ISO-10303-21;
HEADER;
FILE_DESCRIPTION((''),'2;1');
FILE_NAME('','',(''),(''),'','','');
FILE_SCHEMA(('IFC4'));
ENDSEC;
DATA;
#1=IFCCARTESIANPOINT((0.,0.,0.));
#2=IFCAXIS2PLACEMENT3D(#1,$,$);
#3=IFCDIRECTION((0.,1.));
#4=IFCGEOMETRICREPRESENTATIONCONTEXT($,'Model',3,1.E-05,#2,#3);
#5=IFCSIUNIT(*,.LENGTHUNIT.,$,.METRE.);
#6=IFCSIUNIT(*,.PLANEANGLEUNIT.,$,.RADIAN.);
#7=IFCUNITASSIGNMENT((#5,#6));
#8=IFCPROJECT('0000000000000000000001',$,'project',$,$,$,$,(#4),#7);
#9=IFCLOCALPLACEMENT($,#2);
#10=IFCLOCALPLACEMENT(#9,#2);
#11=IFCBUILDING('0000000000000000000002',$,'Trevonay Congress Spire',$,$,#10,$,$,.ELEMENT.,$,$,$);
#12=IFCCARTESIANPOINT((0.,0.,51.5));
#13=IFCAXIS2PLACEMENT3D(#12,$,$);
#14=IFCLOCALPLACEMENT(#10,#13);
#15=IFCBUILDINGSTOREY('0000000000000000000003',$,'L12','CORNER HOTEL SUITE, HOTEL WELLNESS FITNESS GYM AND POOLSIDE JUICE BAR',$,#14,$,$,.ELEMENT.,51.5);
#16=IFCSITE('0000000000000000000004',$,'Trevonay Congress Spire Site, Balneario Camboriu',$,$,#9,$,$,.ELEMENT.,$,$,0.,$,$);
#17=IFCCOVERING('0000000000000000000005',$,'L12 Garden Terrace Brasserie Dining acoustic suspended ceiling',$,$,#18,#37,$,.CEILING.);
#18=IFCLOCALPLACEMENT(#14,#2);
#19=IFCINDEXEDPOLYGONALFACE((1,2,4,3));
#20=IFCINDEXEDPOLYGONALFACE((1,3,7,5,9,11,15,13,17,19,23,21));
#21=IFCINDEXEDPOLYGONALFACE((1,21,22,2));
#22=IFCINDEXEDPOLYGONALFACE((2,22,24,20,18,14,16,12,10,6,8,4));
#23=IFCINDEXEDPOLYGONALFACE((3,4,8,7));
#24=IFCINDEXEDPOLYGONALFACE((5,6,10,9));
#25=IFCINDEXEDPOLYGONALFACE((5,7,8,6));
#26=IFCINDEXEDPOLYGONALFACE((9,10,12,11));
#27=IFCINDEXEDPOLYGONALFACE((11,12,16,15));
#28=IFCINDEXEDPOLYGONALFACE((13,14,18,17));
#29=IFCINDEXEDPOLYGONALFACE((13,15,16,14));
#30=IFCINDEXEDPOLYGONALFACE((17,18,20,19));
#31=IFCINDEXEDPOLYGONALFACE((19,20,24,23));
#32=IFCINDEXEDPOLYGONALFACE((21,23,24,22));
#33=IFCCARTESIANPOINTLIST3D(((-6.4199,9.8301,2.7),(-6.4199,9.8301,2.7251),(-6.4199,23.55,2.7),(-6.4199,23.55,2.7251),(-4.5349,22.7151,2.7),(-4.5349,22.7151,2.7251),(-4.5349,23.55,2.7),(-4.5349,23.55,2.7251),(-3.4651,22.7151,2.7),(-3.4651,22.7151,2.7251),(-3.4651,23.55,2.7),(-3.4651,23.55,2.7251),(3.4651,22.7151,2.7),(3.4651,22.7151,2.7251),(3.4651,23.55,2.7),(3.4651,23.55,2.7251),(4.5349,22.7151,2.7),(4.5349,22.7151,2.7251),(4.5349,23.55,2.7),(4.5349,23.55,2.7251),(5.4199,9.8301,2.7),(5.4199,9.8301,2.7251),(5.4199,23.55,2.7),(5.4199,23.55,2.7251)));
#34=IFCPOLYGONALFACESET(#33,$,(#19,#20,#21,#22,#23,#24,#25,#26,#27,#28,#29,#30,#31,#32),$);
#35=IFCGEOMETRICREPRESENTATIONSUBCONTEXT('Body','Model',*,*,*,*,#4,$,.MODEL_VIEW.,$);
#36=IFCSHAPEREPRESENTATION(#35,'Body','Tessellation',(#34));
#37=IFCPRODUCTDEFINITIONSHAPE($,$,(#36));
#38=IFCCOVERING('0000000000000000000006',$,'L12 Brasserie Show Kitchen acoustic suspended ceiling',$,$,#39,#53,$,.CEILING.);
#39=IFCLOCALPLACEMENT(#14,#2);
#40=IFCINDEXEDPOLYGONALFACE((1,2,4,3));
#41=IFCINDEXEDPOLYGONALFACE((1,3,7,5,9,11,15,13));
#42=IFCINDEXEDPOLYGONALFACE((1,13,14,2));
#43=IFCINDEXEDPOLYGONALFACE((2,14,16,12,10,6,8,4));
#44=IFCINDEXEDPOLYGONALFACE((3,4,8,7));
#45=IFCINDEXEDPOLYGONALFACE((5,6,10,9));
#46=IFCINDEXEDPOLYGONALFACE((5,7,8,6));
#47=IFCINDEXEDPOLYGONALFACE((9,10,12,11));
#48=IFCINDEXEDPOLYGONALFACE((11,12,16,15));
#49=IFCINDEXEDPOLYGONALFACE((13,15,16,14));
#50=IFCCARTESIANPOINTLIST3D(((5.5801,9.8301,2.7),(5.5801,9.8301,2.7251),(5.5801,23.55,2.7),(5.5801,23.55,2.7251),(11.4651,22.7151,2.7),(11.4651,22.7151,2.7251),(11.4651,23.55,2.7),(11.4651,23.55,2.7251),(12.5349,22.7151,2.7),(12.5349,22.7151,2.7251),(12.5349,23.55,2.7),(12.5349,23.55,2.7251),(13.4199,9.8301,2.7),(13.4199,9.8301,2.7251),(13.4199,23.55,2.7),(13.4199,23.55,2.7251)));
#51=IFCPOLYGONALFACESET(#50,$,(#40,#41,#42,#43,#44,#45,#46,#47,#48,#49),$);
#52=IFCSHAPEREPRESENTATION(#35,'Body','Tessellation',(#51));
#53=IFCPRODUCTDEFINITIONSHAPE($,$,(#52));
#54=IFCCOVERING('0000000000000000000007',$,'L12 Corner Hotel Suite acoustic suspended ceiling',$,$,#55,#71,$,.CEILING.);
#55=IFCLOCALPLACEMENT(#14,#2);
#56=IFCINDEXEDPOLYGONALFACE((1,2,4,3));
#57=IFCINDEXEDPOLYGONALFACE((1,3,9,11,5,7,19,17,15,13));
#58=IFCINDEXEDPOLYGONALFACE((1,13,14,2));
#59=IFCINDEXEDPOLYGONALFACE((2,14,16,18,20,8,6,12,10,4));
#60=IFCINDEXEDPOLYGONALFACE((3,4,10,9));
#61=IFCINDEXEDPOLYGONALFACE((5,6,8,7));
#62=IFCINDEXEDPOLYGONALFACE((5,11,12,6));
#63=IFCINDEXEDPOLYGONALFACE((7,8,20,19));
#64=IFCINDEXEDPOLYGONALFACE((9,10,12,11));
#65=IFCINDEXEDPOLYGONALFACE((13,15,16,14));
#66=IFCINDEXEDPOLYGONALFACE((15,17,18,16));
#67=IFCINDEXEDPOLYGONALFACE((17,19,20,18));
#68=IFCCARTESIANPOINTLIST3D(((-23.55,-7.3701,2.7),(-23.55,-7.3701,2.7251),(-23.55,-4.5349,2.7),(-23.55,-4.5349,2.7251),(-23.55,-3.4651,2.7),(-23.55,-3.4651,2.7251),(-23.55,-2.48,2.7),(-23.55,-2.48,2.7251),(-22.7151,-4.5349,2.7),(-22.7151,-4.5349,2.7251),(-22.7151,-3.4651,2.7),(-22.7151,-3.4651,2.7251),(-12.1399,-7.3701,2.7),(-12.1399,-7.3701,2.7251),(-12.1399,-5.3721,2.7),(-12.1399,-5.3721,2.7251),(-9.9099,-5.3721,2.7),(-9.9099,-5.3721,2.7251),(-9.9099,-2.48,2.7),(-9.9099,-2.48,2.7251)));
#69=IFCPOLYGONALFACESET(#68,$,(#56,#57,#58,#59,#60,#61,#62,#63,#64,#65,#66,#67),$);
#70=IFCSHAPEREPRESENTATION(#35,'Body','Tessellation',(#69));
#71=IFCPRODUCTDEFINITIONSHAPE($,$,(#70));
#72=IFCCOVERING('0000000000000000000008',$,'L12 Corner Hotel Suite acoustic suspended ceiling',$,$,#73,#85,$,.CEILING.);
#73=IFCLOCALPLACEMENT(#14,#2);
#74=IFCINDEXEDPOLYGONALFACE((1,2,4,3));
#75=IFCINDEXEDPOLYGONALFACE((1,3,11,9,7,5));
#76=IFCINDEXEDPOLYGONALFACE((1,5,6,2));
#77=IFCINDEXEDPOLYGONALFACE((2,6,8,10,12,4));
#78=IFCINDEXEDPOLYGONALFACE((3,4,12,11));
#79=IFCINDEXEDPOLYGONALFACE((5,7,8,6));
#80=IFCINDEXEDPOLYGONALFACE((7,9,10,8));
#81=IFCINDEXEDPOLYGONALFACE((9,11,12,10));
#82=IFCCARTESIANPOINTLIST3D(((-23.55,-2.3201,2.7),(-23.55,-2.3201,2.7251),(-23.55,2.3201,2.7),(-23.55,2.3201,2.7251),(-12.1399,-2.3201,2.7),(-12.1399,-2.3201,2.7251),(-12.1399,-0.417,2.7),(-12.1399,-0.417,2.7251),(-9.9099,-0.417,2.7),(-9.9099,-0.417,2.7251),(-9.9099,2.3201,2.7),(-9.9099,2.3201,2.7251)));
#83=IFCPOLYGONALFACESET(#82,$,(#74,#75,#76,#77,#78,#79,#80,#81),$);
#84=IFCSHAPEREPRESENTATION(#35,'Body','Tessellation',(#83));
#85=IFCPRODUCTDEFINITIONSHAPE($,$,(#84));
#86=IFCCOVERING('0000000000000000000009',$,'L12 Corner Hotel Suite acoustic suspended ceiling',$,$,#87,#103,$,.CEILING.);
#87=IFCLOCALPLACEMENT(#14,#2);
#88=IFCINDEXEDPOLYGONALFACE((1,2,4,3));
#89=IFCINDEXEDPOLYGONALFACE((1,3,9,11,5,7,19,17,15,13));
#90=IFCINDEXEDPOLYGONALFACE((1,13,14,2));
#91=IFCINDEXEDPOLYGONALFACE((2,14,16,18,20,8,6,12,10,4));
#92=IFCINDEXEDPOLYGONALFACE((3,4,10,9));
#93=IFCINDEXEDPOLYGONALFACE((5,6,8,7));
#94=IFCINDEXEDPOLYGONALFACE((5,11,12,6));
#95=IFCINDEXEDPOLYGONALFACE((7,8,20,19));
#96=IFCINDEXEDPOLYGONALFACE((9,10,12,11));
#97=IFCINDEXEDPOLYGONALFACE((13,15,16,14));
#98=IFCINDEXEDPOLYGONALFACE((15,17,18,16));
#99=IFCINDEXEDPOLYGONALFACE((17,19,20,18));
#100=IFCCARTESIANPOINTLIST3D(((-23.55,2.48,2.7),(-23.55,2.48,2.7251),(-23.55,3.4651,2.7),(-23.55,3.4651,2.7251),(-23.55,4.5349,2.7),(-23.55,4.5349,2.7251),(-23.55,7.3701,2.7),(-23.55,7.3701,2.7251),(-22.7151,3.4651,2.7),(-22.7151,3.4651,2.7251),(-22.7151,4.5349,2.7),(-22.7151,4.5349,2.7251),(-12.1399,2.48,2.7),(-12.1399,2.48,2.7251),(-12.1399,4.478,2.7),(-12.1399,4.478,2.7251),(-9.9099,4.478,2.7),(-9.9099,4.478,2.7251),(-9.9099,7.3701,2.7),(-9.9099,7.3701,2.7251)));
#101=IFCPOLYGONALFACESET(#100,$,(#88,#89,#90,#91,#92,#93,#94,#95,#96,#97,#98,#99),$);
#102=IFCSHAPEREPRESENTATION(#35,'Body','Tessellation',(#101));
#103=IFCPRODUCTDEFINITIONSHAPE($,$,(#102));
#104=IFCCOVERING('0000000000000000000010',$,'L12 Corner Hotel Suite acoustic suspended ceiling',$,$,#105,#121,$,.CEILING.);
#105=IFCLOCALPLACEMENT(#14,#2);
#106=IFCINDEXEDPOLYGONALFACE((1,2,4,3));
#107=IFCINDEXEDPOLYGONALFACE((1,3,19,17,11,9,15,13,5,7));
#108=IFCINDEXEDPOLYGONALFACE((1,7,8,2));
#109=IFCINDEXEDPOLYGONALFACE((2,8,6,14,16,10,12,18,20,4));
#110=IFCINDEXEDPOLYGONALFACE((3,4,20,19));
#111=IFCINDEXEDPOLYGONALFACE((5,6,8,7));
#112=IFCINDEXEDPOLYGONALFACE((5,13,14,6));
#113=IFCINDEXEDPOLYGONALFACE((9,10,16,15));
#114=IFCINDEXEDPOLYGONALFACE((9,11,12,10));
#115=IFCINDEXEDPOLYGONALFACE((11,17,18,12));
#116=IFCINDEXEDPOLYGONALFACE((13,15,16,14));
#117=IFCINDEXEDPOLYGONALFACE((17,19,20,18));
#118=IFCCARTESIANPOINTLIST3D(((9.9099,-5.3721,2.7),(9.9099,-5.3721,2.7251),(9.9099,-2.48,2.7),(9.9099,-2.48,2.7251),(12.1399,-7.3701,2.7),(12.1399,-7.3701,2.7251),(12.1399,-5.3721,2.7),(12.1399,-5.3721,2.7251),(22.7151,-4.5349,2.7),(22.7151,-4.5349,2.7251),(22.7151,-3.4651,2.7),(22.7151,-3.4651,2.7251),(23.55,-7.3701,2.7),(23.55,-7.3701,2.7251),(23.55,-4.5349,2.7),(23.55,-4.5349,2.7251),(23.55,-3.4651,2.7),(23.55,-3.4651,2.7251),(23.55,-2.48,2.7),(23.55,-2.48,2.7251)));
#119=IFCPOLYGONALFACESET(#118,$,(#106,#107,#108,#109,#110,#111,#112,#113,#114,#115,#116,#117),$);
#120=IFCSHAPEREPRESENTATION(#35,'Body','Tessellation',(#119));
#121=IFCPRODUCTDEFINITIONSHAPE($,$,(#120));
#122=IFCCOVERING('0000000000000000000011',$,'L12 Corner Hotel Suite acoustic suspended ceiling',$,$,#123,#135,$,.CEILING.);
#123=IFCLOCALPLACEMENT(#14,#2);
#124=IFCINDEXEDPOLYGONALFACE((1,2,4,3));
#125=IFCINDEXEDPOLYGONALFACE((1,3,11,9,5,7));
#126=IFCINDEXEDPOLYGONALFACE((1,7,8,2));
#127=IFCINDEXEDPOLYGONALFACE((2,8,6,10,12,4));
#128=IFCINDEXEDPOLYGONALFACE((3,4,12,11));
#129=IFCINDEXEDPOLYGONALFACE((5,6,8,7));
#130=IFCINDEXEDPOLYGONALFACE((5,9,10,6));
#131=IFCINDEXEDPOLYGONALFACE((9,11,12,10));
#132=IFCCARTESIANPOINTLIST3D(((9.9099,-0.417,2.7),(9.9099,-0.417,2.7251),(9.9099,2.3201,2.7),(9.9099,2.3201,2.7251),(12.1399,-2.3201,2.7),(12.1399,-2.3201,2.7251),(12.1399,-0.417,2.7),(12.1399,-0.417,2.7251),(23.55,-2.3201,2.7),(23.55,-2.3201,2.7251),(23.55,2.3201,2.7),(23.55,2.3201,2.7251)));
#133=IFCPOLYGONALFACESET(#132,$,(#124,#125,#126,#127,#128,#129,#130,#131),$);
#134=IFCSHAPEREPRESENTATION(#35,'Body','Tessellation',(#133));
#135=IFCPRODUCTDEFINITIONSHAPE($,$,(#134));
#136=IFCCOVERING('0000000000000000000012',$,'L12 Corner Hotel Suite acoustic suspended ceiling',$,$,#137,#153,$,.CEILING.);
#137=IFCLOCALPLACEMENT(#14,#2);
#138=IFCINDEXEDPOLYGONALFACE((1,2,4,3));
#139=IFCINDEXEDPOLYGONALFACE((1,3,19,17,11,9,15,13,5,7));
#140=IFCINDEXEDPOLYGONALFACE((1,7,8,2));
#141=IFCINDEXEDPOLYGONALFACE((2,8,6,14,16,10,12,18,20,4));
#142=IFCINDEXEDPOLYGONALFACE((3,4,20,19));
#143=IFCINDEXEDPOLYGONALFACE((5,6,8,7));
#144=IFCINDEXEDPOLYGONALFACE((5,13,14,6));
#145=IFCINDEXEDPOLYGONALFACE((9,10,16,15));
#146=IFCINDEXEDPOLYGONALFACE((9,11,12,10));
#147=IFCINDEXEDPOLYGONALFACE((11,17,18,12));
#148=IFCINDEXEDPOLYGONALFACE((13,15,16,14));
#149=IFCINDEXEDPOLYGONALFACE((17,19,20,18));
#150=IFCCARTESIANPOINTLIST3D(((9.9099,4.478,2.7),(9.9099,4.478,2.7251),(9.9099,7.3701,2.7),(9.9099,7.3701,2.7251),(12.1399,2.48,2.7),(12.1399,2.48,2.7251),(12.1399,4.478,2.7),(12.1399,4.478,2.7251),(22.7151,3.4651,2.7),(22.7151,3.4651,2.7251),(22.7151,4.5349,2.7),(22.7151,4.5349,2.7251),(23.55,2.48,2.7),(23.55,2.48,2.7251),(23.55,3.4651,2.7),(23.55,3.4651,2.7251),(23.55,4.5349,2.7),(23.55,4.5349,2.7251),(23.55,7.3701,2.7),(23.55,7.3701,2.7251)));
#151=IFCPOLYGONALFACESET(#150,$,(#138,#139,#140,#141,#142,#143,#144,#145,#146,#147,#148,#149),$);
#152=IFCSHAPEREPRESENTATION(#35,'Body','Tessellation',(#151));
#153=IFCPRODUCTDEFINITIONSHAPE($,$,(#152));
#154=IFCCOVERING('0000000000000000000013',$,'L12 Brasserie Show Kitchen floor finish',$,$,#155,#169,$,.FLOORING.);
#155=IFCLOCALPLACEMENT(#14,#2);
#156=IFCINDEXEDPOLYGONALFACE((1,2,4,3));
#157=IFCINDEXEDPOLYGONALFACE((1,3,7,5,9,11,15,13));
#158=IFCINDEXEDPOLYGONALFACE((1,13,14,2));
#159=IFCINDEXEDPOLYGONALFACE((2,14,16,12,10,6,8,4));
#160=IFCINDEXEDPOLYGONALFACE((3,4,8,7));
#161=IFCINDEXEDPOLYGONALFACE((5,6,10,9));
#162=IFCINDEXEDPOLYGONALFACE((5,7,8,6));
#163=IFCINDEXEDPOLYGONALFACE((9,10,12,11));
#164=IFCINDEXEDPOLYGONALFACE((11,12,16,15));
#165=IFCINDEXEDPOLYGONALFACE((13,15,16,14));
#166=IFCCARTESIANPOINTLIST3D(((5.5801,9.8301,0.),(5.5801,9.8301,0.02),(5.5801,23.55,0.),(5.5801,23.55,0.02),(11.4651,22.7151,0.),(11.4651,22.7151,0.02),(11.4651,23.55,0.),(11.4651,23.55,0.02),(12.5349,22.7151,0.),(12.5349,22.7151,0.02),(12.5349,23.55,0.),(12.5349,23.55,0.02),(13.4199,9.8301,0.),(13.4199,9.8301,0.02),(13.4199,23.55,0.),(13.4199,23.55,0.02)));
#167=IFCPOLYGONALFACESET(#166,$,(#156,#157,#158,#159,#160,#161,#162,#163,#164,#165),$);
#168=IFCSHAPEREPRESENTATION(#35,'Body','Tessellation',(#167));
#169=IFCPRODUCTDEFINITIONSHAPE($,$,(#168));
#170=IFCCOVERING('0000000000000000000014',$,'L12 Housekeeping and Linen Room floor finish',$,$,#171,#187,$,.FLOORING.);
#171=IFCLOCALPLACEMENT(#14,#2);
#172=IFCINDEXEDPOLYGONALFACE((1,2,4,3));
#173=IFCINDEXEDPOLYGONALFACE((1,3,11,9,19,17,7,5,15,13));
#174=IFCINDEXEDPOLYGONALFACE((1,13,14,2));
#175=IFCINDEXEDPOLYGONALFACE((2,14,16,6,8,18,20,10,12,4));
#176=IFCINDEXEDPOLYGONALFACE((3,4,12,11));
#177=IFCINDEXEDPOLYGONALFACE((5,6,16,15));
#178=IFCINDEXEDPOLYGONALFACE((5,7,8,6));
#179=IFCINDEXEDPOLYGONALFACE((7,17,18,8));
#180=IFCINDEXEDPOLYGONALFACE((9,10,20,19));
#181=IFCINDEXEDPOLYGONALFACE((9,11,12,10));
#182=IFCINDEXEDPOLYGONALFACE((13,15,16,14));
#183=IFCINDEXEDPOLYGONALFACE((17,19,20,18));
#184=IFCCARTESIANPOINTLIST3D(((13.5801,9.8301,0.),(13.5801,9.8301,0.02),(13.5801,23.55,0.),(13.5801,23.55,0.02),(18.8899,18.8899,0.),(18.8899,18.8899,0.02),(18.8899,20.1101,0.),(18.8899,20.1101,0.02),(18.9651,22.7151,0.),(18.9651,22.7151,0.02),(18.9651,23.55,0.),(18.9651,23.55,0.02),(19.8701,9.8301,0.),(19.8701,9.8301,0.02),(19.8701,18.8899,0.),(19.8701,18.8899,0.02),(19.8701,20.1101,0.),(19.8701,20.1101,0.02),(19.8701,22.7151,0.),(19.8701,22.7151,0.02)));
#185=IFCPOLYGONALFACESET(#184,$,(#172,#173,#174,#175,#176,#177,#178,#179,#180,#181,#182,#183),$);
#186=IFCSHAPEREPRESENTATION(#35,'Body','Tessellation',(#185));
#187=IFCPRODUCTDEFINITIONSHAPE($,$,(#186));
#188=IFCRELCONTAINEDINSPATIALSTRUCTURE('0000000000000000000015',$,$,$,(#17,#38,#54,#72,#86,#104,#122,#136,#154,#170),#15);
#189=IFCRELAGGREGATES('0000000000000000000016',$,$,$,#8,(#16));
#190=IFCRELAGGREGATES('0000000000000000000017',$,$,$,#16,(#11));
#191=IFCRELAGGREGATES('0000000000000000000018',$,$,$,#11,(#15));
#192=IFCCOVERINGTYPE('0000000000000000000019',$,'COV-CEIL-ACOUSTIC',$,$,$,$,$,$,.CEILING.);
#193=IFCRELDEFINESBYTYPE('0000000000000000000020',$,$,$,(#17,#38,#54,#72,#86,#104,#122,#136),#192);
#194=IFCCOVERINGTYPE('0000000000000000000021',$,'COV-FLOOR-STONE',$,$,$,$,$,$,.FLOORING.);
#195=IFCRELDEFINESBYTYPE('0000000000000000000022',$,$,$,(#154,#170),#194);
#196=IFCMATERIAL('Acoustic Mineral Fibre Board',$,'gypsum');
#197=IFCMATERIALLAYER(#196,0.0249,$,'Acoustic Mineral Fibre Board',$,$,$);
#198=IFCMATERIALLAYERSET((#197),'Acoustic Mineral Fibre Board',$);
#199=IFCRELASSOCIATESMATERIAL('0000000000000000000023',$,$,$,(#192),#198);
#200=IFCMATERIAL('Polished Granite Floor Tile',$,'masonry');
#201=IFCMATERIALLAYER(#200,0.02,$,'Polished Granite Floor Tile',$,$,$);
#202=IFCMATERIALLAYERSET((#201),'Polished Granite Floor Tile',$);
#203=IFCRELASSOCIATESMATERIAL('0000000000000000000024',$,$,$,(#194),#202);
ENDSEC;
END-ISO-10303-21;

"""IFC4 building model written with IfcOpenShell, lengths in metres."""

from ifc_helpers import new_model, si_unit, direction, frame, origin, place, context, subcontext, project, spatial, polyline, outline, extrude, material, layer, layer_set, type_object, element, save


model = new_model("IFC4")

# Units and contexts
model_context = context("Model", 3, precision=1e-05, world=origin(), true_north=direction((0.0, 1.0)))
body_context = subcontext(model_context, "Body", "Model", "MODEL_VIEW")
ifc_project = project(units=[si_unit("LENGTHUNIT", "METRE"), si_unit("PLANEANGLEUNIT", "RADIAN")], contexts=[model_context])

# Site, building, storey
site_placement = place(None, origin())
site = spatial("IfcSite", under=ifc_project, at=site_placement, Name="Trevonay Congress Spire Site, Balneario Camboriu", CompositionType="ELEMENT", RefElevation=0.0)
building_placement = place(site_placement, origin())
building = spatial("IfcBuilding", under=site, at=building_placement, Name="Trevonay Congress Spire", CompositionType="ELEMENT")
storey_placement = place(building_placement, frame((0.0, 0.0, 51.5)))
storey = spatial("IfcBuildingStorey", under=building, at=storey_placement, Name="L12", Description="CORNER HOTEL SUITE, HOTEL WELLNESS FITNESS GYM AND POOLSIDE JUICE BAR", CompositionType="ELEMENT", Elevation=51.5)

# Coverings
ifc_material_1 = material(Name="Acoustic Mineral Fibre Board", Category="gypsum")
ifc_layer_1 = layer(ifc_material_1, 0.0249, Name="Acoustic Mineral Fibre Board")
ifc_layer_set_1 = layer_set([ifc_layer_1], Name="Acoustic Mineral Fibre Board")
covering_type_1 = type_object("IfcCoveringType", Name="COV-CEIL-ACOUSTIC", PredefinedType="CEILING", material=ifc_layer_set_1)
covering_1_placement = place(storey_placement, frame((0.0, 0.0, 2.7)))
element("IfcCovering", 1, at=covering_1_placement, inside=storey, type_object=covering_type_1, Name="L12 Garden Terrace Brasserie Dining acoustic suspended ceiling", PredefinedType="CEILING", context=body_context, shape_type="SweptSolid", body=[
    extrude(outline(polyline([(5.4199, 23.55), (5.4199, 9.8301), (-6.4199, 9.8301), (-6.4199, 23.55), (-4.5349, 23.55), (-4.5349, 22.7151), (-3.4651, 22.7151), (-3.4651, 23.55), (3.4651, 23.55), (3.4651, 22.7151), (4.5349, 22.7151), (4.5349, 23.55), (5.4199, 23.55)])), origin(), (0.0, 0.0, 1.0), 0.0251),
])
covering_2_placement = place(storey_placement, frame((0.0, 0.0, 2.7)))
element("IfcCovering", 2, at=covering_2_placement, inside=storey, type_object=covering_type_1, Name="L12 Brasserie Show Kitchen acoustic suspended ceiling", PredefinedType="CEILING", context=body_context, shape_type="SweptSolid", body=[
    extrude(outline(polyline([(13.4199, 23.55), (13.4199, 9.8301), (5.5801, 9.8301), (5.5801, 23.55), (11.4651, 23.55), (11.4651, 22.7151), (12.5349, 22.7151), (12.5349, 23.55), (13.4199, 23.55)])), origin(), (0.0, 0.0, 1.0), 0.0251),
])
covering_3_placement = place(storey_placement, frame((0.0, 0.0, 2.7)))
element("IfcCovering", 3, at=covering_3_placement, inside=storey, type_object=covering_type_1, Name="L12 Corner Hotel Suite acoustic suspended ceiling", PredefinedType="CEILING", context=body_context, shape_type="SweptSolid", body=[
    extrude(outline(polyline([(-23.55, -4.5349), (-22.7151, -4.5349), (-22.7151, -3.4651), (-23.55, -3.4651), (-23.55, -2.48), (-9.9099, -2.48), (-9.9099, -5.3721), (-12.1399, -5.3721), (-12.1399, -7.3701), (-23.55, -7.3701), (-23.55, -4.5349)])), origin(), (0.0, 0.0, 1.0), 0.0251),
])
covering_4_placement = place(storey_placement, frame((0.0, 0.0, 2.7)))
element("IfcCovering", 4, at=covering_4_placement, inside=storey, type_object=covering_type_1, Name="L12 Corner Hotel Suite acoustic suspended ceiling", PredefinedType="CEILING", context=body_context, shape_type="SweptSolid", body=[
    extrude(outline(polyline([(-23.55, -2.3201), (-23.55, 2.3201), (-9.9099, 2.3201), (-9.9099, -0.417), (-12.1399, -0.417), (-12.1399, -2.3201), (-23.55, -2.3201)])), origin(), (0.0, 0.0, 1.0), 0.0251),
])
covering_5_placement = place(storey_placement, frame((0.0, 0.0, 2.7)))
element("IfcCovering", 5, at=covering_5_placement, inside=storey, type_object=covering_type_1, Name="L12 Corner Hotel Suite acoustic suspended ceiling", PredefinedType="CEILING", context=body_context, shape_type="SweptSolid", body=[
    extrude(outline(polyline([(-23.55, 3.4651), (-22.7151, 3.4651), (-22.7151, 4.5349), (-23.55, 4.5349), (-23.55, 7.3701), (-9.9099, 7.3701), (-9.9099, 4.478), (-12.1399, 4.478), (-12.1399, 2.48), (-23.55, 2.48), (-23.55, 3.4651)])), origin(), (0.0, 0.0, 1.0), 0.0251),
])
covering_6_placement = place(storey_placement, frame((0.0, 0.0, 2.7)))
element("IfcCovering", 6, at=covering_6_placement, inside=storey, type_object=covering_type_1, Name="L12 Corner Hotel Suite acoustic suspended ceiling", PredefinedType="CEILING", context=body_context, shape_type="SweptSolid", body=[
    extrude(outline(polyline([(9.9099, -2.48), (23.55, -2.48), (23.55, -3.4651), (22.7151, -3.4651), (22.7151, -4.5349), (23.55, -4.5349), (23.55, -7.3701), (12.1399, -7.3701), (12.1399, -5.3721), (9.9099, -5.3721), (9.9099, -2.48)])), origin(), (0.0, 0.0, 1.0), 0.0251),
])
covering_7_placement = place(storey_placement, frame((0.0, 0.0, 2.7)))
element("IfcCovering", 7, at=covering_7_placement, inside=storey, type_object=covering_type_1, Name="L12 Corner Hotel Suite acoustic suspended ceiling", PredefinedType="CEILING", context=body_context, shape_type="SweptSolid", body=[
    extrude(outline(polyline([(9.9099, -0.417), (9.9099, 2.3201), (23.55, 2.3201), (23.55, -2.3201), (12.1399, -2.3201), (12.1399, -0.417), (9.9099, -0.417)])), origin(), (0.0, 0.0, 1.0), 0.0251),
])
covering_8_placement = place(storey_placement, frame((0.0, 0.0, 2.7)))
element("IfcCovering", 8, at=covering_8_placement, inside=storey, type_object=covering_type_1, Name="L12 Corner Hotel Suite acoustic suspended ceiling", PredefinedType="CEILING", context=body_context, shape_type="SweptSolid", body=[
    extrude(outline(polyline([(9.9099, 7.3701), (23.55, 7.3701), (23.55, 4.5349), (22.7151, 4.5349), (22.7151, 3.4651), (23.55, 3.4651), (23.55, 2.48), (12.1399, 2.48), (12.1399, 4.478), (9.9099, 4.478), (9.9099, 7.3701)])), origin(), (0.0, 0.0, 1.0), 0.0251),
])
ifc_material_2 = material(Name="Polished Granite Floor Tile", Category="masonry")
ifc_layer_2 = layer(ifc_material_2, 0.02, Name="Polished Granite Floor Tile")
ifc_layer_set_2 = layer_set([ifc_layer_2], Name="Polished Granite Floor Tile")
covering_type_2 = type_object("IfcCoveringType", Name="COV-FLOOR-STONE", PredefinedType="FLOORING", material=ifc_layer_set_2)
covering_9_placement = place(storey_placement, origin())
element("IfcCovering", 9, at=covering_9_placement, inside=storey, type_object=covering_type_2, Name="L12 Brasserie Show Kitchen floor finish", PredefinedType="FLOORING", context=body_context, shape_type="SweptSolid", body=[
    extrude(outline(polyline([(13.4199, 23.55), (13.4199, 9.8301), (5.5801, 9.8301), (5.5801, 23.55), (11.4651, 23.55), (11.4651, 22.7151), (12.5349, 22.7151), (12.5349, 23.55), (13.4199, 23.55)])), origin(), (0.0, 0.0, 1.0), 0.02),
])
covering_10_placement = place(storey_placement, origin())
element("IfcCovering", 10, at=covering_10_placement, inside=storey, type_object=covering_type_2, Name="L12 Housekeeping and Linen Room floor finish", PredefinedType="FLOORING", context=body_context, shape_type="SweptSolid", body=[
    extrude(outline(polyline([(19.8701, 9.8301), (13.5801, 9.8301), (13.5801, 23.55), (18.9651, 23.55), (18.9651, 22.7151), (19.8701, 22.7151), (19.8701, 20.1101), (18.8899, 20.1101), (18.8899, 18.8899), (19.8701, 18.8899), (19.8701, 9.8301)])), origin(), (0.0, 0.0, 1.0), 0.02),
])

save(model, "model.ifc")
